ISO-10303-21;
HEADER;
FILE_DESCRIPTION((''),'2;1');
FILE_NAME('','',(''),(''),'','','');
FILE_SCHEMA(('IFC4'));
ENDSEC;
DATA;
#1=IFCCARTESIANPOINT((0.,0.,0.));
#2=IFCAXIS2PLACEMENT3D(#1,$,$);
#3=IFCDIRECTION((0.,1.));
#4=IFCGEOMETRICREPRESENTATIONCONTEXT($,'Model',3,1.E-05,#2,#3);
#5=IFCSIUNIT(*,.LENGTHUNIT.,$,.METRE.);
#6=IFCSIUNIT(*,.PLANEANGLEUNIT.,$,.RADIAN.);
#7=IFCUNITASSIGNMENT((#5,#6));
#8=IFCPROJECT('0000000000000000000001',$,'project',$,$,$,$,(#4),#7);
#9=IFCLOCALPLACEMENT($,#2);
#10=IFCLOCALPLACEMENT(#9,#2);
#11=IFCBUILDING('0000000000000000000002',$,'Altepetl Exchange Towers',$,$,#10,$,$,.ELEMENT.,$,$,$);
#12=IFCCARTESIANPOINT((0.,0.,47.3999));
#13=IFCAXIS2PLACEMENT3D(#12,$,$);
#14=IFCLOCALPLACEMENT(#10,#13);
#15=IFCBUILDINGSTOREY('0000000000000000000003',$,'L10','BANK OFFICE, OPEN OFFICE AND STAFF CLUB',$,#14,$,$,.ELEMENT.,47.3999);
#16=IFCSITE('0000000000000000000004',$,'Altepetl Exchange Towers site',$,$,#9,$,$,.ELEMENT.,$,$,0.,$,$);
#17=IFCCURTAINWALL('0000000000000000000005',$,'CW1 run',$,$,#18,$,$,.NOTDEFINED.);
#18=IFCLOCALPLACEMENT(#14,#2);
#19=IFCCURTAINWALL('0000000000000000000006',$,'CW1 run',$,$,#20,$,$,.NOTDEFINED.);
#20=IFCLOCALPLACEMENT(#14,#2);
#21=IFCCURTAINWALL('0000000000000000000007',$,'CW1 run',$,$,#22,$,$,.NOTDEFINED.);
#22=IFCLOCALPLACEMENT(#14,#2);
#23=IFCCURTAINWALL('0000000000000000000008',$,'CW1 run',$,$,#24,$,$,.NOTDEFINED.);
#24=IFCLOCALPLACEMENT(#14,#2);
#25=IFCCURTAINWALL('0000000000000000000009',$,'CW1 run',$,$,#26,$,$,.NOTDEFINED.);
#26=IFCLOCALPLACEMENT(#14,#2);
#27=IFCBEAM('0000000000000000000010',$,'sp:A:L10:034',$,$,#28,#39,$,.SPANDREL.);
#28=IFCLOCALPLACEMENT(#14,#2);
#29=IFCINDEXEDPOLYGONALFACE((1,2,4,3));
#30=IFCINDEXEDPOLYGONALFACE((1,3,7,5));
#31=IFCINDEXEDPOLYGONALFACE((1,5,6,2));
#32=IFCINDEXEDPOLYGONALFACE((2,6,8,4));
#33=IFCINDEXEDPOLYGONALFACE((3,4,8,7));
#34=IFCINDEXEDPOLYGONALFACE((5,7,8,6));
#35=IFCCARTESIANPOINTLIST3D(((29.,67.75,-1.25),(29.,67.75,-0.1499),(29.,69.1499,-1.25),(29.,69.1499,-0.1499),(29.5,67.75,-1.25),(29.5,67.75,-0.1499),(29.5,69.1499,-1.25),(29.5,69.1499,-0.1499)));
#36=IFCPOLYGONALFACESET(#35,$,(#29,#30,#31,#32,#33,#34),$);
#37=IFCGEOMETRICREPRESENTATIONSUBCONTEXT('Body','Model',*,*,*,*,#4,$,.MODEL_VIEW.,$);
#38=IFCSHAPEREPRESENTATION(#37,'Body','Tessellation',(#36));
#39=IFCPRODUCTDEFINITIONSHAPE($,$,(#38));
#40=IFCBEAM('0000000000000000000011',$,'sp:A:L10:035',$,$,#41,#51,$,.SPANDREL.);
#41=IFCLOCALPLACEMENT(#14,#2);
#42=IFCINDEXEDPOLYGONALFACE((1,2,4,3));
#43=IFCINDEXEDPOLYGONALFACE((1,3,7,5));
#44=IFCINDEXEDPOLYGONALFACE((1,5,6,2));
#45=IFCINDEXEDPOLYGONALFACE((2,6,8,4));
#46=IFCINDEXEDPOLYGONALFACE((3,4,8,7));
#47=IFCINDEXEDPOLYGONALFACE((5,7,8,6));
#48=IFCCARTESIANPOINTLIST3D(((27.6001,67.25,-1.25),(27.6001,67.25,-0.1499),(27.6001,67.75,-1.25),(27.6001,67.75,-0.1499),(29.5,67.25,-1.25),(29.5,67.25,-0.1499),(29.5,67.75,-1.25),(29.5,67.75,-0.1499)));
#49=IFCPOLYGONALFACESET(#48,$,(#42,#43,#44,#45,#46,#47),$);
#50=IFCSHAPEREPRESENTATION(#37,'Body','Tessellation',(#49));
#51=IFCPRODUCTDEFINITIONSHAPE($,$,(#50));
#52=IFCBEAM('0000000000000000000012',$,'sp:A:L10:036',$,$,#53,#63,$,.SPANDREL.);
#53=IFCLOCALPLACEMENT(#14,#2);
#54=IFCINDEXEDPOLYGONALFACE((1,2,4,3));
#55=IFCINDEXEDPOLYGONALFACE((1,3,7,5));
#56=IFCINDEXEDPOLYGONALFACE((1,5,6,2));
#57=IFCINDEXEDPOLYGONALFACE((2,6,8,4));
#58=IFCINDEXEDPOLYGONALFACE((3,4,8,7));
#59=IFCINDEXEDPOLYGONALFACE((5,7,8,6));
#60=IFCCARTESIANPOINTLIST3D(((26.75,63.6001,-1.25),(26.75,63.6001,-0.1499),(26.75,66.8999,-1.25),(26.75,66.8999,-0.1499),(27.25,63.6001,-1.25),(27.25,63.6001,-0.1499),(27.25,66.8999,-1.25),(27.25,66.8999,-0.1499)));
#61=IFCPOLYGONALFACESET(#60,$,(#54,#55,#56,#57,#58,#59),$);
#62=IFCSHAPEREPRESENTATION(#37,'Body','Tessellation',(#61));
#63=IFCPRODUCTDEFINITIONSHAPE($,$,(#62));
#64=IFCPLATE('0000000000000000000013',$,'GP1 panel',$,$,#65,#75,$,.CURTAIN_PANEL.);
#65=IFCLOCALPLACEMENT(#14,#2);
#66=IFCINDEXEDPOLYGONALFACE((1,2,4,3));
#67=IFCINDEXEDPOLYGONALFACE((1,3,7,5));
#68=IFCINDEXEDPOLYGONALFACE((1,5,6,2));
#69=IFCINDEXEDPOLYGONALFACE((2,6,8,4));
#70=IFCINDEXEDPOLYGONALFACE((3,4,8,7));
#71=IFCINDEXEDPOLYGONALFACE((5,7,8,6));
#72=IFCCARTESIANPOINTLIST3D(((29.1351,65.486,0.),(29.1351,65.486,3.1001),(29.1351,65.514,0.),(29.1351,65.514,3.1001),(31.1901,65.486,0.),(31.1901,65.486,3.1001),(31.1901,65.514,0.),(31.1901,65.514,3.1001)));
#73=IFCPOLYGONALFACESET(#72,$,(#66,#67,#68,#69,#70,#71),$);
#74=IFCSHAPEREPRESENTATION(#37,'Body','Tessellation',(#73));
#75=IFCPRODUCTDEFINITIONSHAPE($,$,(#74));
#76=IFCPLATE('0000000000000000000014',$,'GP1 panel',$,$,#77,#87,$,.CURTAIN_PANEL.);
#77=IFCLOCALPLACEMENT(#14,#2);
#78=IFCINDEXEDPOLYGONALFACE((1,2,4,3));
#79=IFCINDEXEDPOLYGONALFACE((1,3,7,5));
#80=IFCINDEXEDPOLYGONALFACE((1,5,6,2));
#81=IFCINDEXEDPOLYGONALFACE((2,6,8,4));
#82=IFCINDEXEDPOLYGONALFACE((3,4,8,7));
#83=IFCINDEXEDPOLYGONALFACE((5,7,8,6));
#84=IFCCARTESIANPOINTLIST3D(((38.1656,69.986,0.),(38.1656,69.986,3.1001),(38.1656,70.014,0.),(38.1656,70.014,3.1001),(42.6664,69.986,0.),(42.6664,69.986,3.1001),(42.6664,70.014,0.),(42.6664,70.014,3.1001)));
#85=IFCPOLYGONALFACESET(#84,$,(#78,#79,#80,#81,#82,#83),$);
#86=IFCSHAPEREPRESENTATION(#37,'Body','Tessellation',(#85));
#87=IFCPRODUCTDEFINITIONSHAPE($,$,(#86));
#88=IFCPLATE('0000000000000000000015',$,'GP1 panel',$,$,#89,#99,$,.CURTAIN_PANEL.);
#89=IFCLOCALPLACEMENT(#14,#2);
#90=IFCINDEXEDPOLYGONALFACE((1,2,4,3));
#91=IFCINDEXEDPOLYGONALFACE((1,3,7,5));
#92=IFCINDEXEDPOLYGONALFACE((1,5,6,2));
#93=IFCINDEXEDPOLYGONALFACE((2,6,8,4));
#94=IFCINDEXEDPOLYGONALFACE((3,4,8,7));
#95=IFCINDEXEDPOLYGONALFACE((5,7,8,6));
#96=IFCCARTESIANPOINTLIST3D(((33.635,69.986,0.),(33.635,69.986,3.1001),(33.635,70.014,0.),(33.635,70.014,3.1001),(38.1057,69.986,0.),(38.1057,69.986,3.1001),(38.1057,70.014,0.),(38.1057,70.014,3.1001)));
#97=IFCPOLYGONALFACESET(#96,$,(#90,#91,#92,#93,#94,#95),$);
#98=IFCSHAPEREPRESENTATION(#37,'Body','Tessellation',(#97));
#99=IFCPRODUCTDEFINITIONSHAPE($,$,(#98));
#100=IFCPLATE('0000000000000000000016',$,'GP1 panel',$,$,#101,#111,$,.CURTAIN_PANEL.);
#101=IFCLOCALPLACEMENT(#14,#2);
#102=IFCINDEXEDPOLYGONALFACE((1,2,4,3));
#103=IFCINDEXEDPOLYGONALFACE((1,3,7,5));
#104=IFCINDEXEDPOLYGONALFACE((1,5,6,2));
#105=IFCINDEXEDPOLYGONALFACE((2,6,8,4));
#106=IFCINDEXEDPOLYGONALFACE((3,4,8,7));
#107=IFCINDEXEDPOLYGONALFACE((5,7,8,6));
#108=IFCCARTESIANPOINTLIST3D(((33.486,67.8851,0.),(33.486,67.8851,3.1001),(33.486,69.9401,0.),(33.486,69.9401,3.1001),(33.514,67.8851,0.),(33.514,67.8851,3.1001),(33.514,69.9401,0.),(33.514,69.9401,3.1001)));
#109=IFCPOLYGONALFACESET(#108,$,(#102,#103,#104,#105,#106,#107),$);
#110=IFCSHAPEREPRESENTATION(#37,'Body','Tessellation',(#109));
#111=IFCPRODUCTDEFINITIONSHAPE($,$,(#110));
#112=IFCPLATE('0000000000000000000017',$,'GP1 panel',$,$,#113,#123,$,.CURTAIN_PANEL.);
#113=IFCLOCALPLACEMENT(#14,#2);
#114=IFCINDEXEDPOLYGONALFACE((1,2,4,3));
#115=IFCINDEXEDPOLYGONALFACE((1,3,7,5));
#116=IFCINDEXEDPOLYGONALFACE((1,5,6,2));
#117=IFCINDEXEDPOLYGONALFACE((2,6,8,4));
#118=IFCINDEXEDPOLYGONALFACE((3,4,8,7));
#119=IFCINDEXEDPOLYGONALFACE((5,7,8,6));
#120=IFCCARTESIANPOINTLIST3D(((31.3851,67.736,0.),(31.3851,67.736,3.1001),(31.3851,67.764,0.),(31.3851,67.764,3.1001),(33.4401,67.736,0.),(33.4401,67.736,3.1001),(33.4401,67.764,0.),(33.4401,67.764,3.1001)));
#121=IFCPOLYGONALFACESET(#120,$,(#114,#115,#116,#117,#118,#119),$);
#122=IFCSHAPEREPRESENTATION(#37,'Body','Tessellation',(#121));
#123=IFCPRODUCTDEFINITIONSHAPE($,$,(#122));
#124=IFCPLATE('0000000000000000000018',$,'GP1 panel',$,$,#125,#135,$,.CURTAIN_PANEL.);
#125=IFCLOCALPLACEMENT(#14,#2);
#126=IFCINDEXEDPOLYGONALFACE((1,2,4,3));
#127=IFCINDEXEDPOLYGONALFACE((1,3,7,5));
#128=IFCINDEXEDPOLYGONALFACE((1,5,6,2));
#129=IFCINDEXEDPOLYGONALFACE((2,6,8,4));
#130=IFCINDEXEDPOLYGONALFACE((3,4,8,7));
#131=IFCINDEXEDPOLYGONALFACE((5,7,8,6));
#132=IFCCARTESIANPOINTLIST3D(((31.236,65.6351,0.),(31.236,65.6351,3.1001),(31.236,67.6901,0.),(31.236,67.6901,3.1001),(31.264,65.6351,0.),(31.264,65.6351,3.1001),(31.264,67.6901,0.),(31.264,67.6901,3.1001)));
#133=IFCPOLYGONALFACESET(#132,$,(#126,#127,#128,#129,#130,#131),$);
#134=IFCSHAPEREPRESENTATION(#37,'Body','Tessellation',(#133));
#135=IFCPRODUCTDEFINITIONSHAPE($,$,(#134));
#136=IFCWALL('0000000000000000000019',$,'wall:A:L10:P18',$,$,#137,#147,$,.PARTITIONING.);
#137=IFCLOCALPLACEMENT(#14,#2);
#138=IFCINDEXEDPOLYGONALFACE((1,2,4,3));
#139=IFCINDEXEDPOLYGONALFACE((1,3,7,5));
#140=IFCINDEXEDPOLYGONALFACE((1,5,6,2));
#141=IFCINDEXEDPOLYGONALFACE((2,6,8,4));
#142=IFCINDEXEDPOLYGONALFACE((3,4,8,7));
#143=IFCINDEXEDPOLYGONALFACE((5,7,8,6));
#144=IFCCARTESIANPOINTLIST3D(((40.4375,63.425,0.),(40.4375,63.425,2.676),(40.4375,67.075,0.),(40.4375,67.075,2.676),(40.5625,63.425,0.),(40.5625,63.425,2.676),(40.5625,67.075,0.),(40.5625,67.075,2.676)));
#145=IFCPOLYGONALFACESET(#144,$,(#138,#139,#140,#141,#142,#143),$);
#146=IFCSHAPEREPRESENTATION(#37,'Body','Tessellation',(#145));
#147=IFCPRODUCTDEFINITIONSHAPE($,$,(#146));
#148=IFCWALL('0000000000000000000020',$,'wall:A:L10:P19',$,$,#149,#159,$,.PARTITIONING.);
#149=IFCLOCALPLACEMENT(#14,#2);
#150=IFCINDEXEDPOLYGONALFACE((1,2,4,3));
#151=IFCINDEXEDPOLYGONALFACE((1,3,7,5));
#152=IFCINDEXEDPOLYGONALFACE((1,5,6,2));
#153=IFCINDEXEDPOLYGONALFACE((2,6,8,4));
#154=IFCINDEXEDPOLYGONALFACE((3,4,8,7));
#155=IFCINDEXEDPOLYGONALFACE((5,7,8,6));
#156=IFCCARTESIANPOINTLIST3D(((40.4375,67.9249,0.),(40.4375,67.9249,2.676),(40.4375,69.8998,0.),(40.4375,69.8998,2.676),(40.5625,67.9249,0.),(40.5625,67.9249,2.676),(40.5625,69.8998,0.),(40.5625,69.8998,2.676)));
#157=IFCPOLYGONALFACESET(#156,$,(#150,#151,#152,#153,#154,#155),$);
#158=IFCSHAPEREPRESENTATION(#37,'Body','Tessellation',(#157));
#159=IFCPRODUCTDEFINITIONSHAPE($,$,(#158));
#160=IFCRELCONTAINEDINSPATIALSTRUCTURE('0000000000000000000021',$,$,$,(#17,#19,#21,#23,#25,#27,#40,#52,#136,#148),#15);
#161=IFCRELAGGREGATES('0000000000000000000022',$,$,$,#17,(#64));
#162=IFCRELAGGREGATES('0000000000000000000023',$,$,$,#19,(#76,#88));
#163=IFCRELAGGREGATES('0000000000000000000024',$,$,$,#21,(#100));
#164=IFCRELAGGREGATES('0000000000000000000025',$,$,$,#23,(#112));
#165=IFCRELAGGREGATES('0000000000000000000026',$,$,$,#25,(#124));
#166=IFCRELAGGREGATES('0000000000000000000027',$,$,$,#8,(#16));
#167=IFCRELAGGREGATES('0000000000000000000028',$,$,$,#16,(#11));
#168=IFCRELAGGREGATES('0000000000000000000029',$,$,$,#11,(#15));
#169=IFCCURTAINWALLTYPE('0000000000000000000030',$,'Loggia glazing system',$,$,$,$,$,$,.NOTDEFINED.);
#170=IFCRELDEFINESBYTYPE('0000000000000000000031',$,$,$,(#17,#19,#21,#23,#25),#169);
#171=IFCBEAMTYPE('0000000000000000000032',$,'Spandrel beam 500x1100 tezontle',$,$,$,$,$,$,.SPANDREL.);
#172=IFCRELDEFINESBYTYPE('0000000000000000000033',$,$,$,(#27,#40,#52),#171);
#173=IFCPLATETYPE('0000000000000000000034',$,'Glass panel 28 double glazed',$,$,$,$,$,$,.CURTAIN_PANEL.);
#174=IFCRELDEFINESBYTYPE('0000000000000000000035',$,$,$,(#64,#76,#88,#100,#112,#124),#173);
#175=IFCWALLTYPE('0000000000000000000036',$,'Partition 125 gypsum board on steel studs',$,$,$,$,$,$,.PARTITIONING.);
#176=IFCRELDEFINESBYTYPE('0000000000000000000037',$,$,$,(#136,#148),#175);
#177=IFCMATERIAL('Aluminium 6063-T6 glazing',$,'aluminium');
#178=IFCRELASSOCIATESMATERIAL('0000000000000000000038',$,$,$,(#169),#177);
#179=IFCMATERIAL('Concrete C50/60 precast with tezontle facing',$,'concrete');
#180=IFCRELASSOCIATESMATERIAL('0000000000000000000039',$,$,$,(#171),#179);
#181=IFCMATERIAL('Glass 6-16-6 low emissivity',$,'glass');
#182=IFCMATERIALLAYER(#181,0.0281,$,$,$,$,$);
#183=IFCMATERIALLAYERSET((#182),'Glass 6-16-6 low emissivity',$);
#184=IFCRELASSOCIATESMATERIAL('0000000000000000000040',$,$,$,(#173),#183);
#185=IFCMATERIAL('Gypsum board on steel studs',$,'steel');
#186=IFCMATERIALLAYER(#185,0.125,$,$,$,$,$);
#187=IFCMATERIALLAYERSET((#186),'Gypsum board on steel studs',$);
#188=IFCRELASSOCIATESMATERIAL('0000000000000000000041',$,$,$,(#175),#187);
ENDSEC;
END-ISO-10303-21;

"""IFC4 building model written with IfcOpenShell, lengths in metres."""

from ifc_helpers import new_model, si_unit, direction, frame, frame_2d, origin, origin_2d, place, context, subcontext, project, spatial, rectangle, extrude, material, layer, layer_set, material_profile, profile_set, type_object, element, aggregate, save


model = new_model("IFC4")

# Units and contexts
model_context = context("Model", 3, precision=1e-05, world=origin(), true_north=direction((0.0, 1.0)))
body_context = subcontext(model_context, "Body", "Model", "MODEL_VIEW")
ifc_project = project(units=[si_unit("LENGTHUNIT", "METRE"), si_unit("PLANEANGLEUNIT", "RADIAN")], contexts=[model_context])

# Site, building, storey
site_placement = place(None, origin())
site = spatial("IfcSite", under=ifc_project, at=site_placement, Name="Altepetl Exchange Towers site", CompositionType="ELEMENT", RefElevation=0.0)
building_placement = place(site_placement, origin())
building = spatial("IfcBuilding", under=site, at=building_placement, Name="Altepetl Exchange Towers", CompositionType="ELEMENT")
storey_placement = place(building_placement, frame((0.0, 0.0, 47.3999)))
storey = spatial("IfcBuildingStorey", under=building, at=storey_placement, Name="L10", Description="BANK OFFICE, OPEN OFFICE AND STAFF CLUB", CompositionType="ELEMENT", Elevation=47.3999)

# Curtain wall
ifc_material_1 = material(Name="Aluminium 6063-T6 glazing", Category="aluminium")
curtain_wall_type = type_object("IfcCurtainWallType", Name="Loggia glazing system", PredefinedType="NOTDEFINED", material=ifc_material_1)
curtain_wall_1_placement = place(storey_placement, origin())
curtain_wall_1 = element("IfcCurtainWall", 1, at=curtain_wall_1_placement, inside=storey, type_object=curtain_wall_type, Name="CW1 run", PredefinedType="NOTDEFINED")

# Curtain walls
curtain_wall_2_placement = place(storey_placement, origin())
curtain_wall_2 = element("IfcCurtainWall", 2, at=curtain_wall_2_placement, inside=storey, type_object=curtain_wall_type, Name="CW1 run", PredefinedType="NOTDEFINED")
curtain_wall_3_placement = place(storey_placement, origin())
curtain_wall_3 = element("IfcCurtainWall", 3, at=curtain_wall_3_placement, inside=storey, type_object=curtain_wall_type, Name="CW1 run", PredefinedType="NOTDEFINED")
curtain_wall_4_placement = place(storey_placement, origin())
curtain_wall_4 = element("IfcCurtainWall", 4, at=curtain_wall_4_placement, inside=storey, type_object=curtain_wall_type, Name="CW1 run", PredefinedType="NOTDEFINED")
curtain_wall_5_placement = place(storey_placement, origin())
curtain_wall_5 = element("IfcCurtainWall", 5, at=curtain_wall_5_placement, inside=storey, type_object=curtain_wall_type, Name="CW1 run", PredefinedType="NOTDEFINED")

# Beams
ifc_material_2 = material(Name="Concrete C50/60 precast with tezontle facing", Category="concrete")
ifc_material_profile_1 = material_profile(ifc_material_2, rectangle(XDim=0.5, YDim=1.1001, at=origin_2d()), Name="500 x 1100")
ifc_profile_set_1 = profile_set([ifc_material_profile_1], Name="Concrete C50/60 precast with tezontle facing")
beam_type_1 = type_object("IfcBeamType", Name="Spandrel beam 500x1100 tezontle", PredefinedType="SPANDREL", material=ifc_profile_set_1)
beam_1_placement = place(storey_placement, frame((29.25, 69.1499, -0.7), z_axis=(0.0, -1.0, 0.0), x_axis=(1.0, 0.0, 0.0)))
element("IfcBeam", 6, at=beam_1_placement, inside=storey, type_object=beam_type_1, Name="sp:A:L10:034", PredefinedType="SPANDREL", context=body_context, shape_type="SweptSolid", body=[
    extrude(rectangle(XDim=0.5, YDim=1.1001, at=origin_2d()), origin(), (0.0, 0.0, 1.0), 1.3999),
])
beam_2_placement = place(storey_placement, frame((29.5, 67.5, -0.7), z_axis=(-1.0, 0.0, 0.0), x_axis=(0.0, -1.0, 0.0)))
element("IfcBeam", 7, at=beam_2_placement, inside=storey, type_object=beam_type_1, Name="sp:A:L10:035", PredefinedType="SPANDREL", context=body_context, shape_type="SweptSolid", body=[
    extrude(rectangle(XDim=0.5, YDim=1.1001, at=origin_2d()), origin(), (0.0, 0.0, 1.0), 1.8999),
])
beam_3_placement = place(storey_placement, frame((27.0, 66.8999, -0.7), z_axis=(0.0, -1.0, 0.0), x_axis=(1.0, 0.0, 0.0)))
element("IfcBeam", 8, at=beam_3_placement, inside=storey, type_object=beam_type_1, Name="sp:A:L10:036", PredefinedType="SPANDREL", context=body_context, shape_type="SweptSolid", body=[
    extrude(rectangle(XDim=0.5, YDim=1.1001, at=origin_2d()), origin(), (0.0, 0.0, 1.0), 3.2998),
])

# Plates
ifc_material_3 = material(Name="Glass 6-16-6 low emissivity", Category="glass")
ifc_layer_1 = layer(ifc_material_3, 0.0281)
ifc_layer_set_1 = layer_set([ifc_layer_1], Name="Glass 6-16-6 low emissivity")
plate_type = type_object("IfcPlateType", Name="Glass panel 28 double glazed", PredefinedType="CURTAIN_PANEL", material=ifc_layer_set_1)
plate_1_placement = place(storey_placement, frame((30.1626, 65.5, 0.0), z_axis=(0.0, 0.0, 1.0), x_axis=(-1.0, 0.0, 0.0)))
plate_1 = element("IfcPlate", 9, at=plate_1_placement, type_object=plate_type, Name="GP1 panel", PredefinedType="CURTAIN_PANEL", context=body_context, shape_type="SweptSolid", body=[
    extrude(rectangle(XDim=2.0549, YDim=0.0281, at=origin_2d()), origin(), (0.0, 0.0, 1.0), 3.1001),
])
aggregate(curtain_wall_1, [plate_1])
plate_2_placement = place(storey_placement, frame((40.416, 70.0, 0.0), z_axis=(0.0, 0.0, 1.0), x_axis=(-1.0, 0.0, 0.0)))
plate_2 = element("IfcPlate", 10, at=plate_2_placement, type_object=plate_type, Name="GP1 panel", PredefinedType="CURTAIN_PANEL", context=body_context, shape_type="SweptSolid", body=[
    extrude(rectangle(XDim=4.5007, YDim=0.0281, at=origin_2d()), origin(), (0.0, 0.0, 1.0), 3.1001),
])
plate_3_placement = place(storey_placement, frame((35.8704, 70.0, 0.0), z_axis=(0.0, 0.0, 1.0), x_axis=(-1.0, 0.0, 0.0)))
plate_3 = element("IfcPlate", 11, at=plate_3_placement, type_object=plate_type, Name="GP1 panel", PredefinedType="CURTAIN_PANEL", context=body_context, shape_type="SweptSolid", body=[
    extrude(rectangle(XDim=4.4707, YDim=0.0281, at=origin_2d()), origin(), (0.0, 0.0, 1.0), 3.1001),
])
aggregate(curtain_wall_2, [plate_2, plate_3])
plate_4_placement = place(storey_placement, frame((33.5, 68.9126, 0.0), z_axis=(0.0, 0.0, 1.0), x_axis=(0.0, -1.0, 0.0)))
plate_4 = element("IfcPlate", 12, at=plate_4_placement, type_object=plate_type, Name="GP1 panel", PredefinedType="CURTAIN_PANEL", context=body_context, shape_type="SweptSolid", body=[
    extrude(rectangle(XDim=2.0549, YDim=0.0281, at=origin_2d()), origin(), (0.0, 0.0, 1.0), 3.1001),
])
aggregate(curtain_wall_3, [plate_4])
plate_5_placement = place(storey_placement, frame((32.4126, 67.75, 0.0), z_axis=(0.0, 0.0, 1.0), x_axis=(-1.0, 0.0, 0.0)))
plate_5 = element("IfcPlate", 13, at=plate_5_placement, type_object=plate_type, Name="GP1 panel", PredefinedType="CURTAIN_PANEL", context=body_context, shape_type="SweptSolid", body=[
    extrude(rectangle(XDim=2.0549, YDim=0.0281, at=origin_2d()), origin(), (0.0, 0.0, 1.0), 3.1001),
])
aggregate(curtain_wall_4, [plate_5])
plate_6_placement = place(storey_placement, frame((31.25, 66.6626, 0.0), z_axis=(0.0, 0.0, 1.0), x_axis=(0.0, -1.0, 0.0)))
plate_6 = element("IfcPlate", 14, at=plate_6_placement, type_object=plate_type, Name="GP1 panel", PredefinedType="CURTAIN_PANEL", context=body_context, shape_type="SweptSolid", body=[
    extrude(rectangle(XDim=2.0549, YDim=0.0281, at=origin_2d()), origin(), (0.0, 0.0, 1.0), 3.1001),
])
aggregate(curtain_wall_5, [plate_6])

# Walls
ifc_material_4 = material(Name="Gypsum board on steel studs", Category="steel")
ifc_layer_2 = layer(ifc_material_4, 0.125)
ifc_layer_set_2 = layer_set([ifc_layer_2], Name="Gypsum board on steel studs")
wall_type = type_object("IfcWallType", Name="Partition 125 gypsum board on steel studs", PredefinedType="PARTITIONING", material=ifc_layer_set_2)
wall_1_placement = place(storey_placement, frame((40.5, 63.425, 0.0), z_axis=(0.0, 0.0, 1.0), x_axis=(0.0, 1.0, 0.0)))
element("IfcWall", 15, at=wall_1_placement, inside=storey, type_object=wall_type, Name="wall:A:L10:P18", PredefinedType="PARTITIONING", context=body_context, shape_type="SweptSolid", body=[
    extrude(rectangle(XDim=3.6499, YDim=0.125, at=frame_2d((1.825, 0.0))), origin(), (0.0, 0.0, 1.0), 2.676),
])
wall_2_placement = place(storey_placement, frame((40.5, 67.925, 0.0), z_axis=(0.0, 0.0, 1.0), x_axis=(0.0, 1.0, 0.0)))
element("IfcWall", 16, at=wall_2_placement, inside=storey, type_object=wall_type, Name="wall:A:L10:P19", PredefinedType="PARTITIONING", context=body_context, shape_type="SweptSolid", body=[
    extrude(rectangle(XDim=1.9749, YDim=0.125, at=frame_2d((0.9873, 0.0))), origin(), (0.0, 0.0, 1.0), 2.676),
])

save(model, "model.ifc")
